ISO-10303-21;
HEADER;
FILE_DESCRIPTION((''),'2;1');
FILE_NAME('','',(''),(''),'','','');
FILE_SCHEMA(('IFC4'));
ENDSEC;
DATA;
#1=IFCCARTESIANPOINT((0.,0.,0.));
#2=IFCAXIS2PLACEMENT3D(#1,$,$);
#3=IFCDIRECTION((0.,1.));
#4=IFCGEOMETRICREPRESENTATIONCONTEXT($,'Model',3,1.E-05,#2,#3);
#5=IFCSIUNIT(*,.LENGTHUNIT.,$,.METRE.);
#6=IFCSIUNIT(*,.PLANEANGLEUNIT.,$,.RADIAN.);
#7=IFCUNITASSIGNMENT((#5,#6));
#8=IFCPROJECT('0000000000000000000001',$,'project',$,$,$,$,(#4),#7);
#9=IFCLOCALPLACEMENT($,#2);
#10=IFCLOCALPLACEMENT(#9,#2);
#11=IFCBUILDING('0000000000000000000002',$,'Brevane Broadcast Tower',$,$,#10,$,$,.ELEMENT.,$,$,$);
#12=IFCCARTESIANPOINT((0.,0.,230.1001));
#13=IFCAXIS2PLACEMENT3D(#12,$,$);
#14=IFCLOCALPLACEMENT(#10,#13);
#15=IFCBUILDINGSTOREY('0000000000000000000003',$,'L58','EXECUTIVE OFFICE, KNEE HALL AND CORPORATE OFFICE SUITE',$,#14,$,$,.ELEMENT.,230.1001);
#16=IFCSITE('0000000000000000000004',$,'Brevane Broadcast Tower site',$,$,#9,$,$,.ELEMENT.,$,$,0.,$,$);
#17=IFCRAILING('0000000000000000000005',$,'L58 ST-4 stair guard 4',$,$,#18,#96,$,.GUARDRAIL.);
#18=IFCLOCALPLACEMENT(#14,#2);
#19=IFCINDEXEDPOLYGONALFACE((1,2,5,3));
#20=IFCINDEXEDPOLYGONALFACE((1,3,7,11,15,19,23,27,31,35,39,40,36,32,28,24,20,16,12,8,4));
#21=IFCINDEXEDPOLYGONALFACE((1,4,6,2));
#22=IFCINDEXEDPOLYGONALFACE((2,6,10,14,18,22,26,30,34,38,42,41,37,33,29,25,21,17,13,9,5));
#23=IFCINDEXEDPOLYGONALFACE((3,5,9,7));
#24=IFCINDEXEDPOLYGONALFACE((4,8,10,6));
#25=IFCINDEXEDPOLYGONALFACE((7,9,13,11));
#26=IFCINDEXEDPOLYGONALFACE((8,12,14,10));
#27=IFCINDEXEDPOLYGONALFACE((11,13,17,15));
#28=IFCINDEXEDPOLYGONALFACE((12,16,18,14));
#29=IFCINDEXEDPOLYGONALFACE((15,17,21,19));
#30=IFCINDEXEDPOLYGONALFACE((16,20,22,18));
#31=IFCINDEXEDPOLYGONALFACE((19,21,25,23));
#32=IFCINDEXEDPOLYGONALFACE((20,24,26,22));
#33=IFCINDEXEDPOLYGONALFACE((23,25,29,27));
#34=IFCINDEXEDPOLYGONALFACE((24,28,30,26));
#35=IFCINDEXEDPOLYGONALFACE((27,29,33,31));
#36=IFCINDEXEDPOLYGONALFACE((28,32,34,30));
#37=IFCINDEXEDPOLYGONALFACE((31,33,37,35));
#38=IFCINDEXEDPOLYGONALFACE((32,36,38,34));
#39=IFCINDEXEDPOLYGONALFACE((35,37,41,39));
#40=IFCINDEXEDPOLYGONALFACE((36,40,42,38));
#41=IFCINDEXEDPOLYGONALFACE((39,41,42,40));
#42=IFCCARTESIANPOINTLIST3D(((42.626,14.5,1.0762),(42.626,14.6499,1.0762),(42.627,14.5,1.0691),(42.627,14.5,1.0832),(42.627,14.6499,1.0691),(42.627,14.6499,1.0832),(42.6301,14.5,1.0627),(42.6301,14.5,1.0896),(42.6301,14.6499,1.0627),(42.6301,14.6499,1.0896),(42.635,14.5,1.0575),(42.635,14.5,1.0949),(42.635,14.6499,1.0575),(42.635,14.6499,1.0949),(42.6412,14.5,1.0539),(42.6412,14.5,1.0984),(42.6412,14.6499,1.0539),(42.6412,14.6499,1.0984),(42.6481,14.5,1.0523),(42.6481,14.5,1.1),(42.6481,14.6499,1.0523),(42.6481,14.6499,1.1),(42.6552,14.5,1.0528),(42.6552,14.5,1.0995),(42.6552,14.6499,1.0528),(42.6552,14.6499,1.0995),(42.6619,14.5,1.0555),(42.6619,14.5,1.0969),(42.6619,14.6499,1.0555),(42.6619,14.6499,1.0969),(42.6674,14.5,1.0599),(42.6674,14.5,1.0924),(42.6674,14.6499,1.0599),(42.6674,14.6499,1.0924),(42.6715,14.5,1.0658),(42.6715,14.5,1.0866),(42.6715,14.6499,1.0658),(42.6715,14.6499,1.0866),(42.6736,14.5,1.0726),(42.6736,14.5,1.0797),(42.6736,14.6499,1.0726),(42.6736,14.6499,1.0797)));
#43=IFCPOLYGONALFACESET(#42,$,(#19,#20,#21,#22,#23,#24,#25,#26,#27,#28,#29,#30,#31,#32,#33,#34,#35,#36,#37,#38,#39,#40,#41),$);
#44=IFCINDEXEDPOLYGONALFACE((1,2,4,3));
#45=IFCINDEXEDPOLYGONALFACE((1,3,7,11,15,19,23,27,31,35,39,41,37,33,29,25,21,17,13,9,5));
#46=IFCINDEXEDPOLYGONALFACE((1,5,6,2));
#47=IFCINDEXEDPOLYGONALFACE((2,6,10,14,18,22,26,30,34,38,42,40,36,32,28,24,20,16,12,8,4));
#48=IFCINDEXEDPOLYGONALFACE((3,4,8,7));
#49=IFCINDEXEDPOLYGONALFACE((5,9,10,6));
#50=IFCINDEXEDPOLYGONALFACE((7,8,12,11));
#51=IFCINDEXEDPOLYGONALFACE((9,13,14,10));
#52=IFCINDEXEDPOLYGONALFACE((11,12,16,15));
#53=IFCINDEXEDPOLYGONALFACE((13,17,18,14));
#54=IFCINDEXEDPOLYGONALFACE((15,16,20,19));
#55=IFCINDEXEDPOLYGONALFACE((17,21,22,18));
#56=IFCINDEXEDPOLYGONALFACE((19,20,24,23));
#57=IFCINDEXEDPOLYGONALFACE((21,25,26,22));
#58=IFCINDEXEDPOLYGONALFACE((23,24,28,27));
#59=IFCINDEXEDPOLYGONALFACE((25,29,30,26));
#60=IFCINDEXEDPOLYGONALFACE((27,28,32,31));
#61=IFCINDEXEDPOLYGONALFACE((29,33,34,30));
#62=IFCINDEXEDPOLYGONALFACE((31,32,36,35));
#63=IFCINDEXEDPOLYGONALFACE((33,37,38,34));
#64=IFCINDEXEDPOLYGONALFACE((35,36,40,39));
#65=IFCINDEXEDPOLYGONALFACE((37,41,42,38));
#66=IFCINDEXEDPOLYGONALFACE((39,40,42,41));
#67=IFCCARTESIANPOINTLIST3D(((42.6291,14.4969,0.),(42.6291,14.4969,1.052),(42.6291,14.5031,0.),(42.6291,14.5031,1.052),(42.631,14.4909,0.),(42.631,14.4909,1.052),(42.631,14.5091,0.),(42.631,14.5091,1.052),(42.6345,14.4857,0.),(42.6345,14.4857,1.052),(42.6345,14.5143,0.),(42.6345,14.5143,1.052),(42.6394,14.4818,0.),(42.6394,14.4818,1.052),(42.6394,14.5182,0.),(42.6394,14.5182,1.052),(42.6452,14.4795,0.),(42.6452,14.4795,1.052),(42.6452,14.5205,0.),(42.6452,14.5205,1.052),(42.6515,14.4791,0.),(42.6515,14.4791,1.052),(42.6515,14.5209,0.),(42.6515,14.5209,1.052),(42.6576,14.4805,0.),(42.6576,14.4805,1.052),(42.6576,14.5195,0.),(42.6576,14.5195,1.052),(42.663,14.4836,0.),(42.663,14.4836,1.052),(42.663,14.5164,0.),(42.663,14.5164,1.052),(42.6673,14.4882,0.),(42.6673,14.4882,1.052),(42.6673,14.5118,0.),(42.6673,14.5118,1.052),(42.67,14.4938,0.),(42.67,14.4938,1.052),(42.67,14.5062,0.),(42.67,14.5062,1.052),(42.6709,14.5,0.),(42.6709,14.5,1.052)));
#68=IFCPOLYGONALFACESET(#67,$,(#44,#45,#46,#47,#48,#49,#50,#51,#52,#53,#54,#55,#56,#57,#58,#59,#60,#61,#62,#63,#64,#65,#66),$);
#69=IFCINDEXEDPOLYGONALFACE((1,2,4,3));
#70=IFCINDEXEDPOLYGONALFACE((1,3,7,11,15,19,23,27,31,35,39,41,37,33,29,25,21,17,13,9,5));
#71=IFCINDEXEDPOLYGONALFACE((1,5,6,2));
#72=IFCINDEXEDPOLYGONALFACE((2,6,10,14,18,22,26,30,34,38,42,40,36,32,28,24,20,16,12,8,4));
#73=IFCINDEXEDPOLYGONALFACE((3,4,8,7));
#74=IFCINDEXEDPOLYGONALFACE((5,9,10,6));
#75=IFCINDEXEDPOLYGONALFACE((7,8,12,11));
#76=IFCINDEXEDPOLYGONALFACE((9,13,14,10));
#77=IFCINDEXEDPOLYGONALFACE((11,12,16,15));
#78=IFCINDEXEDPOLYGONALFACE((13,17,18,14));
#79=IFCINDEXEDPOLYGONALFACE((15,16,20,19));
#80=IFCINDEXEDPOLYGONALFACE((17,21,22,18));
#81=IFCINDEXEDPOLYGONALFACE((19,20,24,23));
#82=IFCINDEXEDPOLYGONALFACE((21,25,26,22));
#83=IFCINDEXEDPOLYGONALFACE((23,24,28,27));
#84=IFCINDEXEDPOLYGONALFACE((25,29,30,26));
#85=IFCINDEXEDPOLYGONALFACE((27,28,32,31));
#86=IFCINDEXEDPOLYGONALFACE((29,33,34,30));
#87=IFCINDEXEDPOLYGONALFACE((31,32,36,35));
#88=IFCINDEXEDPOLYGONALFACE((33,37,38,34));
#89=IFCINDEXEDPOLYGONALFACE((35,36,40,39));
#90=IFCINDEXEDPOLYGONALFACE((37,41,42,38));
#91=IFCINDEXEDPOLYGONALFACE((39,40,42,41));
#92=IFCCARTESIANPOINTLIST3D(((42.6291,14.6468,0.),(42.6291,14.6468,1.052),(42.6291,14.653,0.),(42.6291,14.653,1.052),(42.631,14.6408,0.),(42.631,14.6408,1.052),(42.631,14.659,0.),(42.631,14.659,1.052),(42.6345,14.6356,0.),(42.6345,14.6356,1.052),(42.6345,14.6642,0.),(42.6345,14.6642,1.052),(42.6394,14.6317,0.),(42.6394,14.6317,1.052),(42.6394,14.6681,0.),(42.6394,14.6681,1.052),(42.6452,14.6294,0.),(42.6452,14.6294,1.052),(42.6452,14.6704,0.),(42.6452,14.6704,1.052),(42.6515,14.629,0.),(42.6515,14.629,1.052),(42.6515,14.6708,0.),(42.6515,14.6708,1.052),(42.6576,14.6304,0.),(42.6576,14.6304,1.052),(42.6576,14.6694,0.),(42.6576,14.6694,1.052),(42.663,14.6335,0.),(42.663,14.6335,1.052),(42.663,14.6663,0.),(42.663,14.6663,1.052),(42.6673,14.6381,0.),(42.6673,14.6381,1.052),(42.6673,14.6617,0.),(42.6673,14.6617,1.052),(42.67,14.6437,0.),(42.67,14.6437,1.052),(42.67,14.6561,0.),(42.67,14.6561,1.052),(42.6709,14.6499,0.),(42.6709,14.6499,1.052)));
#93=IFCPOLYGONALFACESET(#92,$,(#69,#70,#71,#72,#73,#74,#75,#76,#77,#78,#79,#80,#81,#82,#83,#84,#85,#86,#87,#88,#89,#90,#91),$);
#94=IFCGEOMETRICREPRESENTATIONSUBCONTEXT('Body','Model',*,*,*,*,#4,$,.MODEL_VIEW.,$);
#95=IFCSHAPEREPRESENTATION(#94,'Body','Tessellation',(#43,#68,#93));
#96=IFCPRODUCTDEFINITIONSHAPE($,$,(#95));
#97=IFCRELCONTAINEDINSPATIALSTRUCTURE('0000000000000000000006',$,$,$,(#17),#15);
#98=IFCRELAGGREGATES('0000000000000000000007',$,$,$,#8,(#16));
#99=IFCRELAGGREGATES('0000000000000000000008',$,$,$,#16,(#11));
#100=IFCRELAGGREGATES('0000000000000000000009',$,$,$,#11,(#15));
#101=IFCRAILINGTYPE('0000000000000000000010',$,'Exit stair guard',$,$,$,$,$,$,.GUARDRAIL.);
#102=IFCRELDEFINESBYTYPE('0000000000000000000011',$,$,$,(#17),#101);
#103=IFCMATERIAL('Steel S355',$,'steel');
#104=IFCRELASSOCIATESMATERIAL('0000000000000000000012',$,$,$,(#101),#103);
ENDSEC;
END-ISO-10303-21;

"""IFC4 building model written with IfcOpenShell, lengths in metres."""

from ifc_helpers import new_model, si_unit, direction, frame, origin, origin_2d, place, context, subcontext, project, spatial, circle, extrude, material, type_object, element, save


model = new_model("IFC4")

# Units and contexts
model_context = context("Model", 3, precision=1e-05, world=origin(), true_north=direction((0.0, 1.0)))
body_context = subcontext(model_context, "Body", "Model", "MODEL_VIEW")
ifc_project = project(units=[si_unit("LENGTHUNIT", "METRE"), si_unit("PLANEANGLEUNIT", "RADIAN")], contexts=[model_context])

# Site, building, storey
site_placement = place(None, origin())
site = spatial("IfcSite", under=ifc_project, at=site_placement, Name="Brevane Broadcast Tower site", CompositionType="ELEMENT", RefElevation=0.0)
building_placement = place(site_placement, origin())
building = spatial("IfcBuilding", under=site, at=building_placement, Name="Brevane Broadcast Tower", CompositionType="ELEMENT")
storey_placement = place(building_placement, frame((0.0, 0.0, 230.1001)))
storey = spatial("IfcBuildingStorey", under=building, at=storey_placement, Name="L58", Description="EXECUTIVE OFFICE, KNEE HALL AND CORPORATE OFFICE SUITE", CompositionType="ELEMENT", Elevation=230.1001)

# Railing
ifc_material_1 = material(Name="Steel S355", Category="steel")
railing_type_1 = type_object("IfcRailingType", Name="Exit stair guard", PredefinedType="GUARDRAIL", material=ifc_material_1)
railing_1_placement = place(storey_placement, frame((42.6499, 14.5, 0.0)))
element("IfcRailing", 1, at=railing_1_placement, inside=storey, type_object=railing_type_1, Name="L58 ST-4 stair guard 4", PredefinedType="GUARDRAIL", context=body_context, shape_type="SweptSolid", body=[
    extrude(circle(Radius=0.0239, at=origin_2d()), frame((0.0, 0.0, 1.0762), z_axis=(0.0, 1.0, 0.0), x_axis=(-1.0, 0.0, 0.0)), (0.0, 0.0, 1.0), 0.1499),
    extrude(circle(Radius=0.021, at=origin_2d()), origin(), (0.0, 0.0, 1.0), 1.052),
    extrude(circle(Radius=0.021, at=origin_2d()), frame((0.0, 0.1499, 0.0)), (0.0, 0.0, 1.0), 1.052),
])

save(model, "model.ifc")
